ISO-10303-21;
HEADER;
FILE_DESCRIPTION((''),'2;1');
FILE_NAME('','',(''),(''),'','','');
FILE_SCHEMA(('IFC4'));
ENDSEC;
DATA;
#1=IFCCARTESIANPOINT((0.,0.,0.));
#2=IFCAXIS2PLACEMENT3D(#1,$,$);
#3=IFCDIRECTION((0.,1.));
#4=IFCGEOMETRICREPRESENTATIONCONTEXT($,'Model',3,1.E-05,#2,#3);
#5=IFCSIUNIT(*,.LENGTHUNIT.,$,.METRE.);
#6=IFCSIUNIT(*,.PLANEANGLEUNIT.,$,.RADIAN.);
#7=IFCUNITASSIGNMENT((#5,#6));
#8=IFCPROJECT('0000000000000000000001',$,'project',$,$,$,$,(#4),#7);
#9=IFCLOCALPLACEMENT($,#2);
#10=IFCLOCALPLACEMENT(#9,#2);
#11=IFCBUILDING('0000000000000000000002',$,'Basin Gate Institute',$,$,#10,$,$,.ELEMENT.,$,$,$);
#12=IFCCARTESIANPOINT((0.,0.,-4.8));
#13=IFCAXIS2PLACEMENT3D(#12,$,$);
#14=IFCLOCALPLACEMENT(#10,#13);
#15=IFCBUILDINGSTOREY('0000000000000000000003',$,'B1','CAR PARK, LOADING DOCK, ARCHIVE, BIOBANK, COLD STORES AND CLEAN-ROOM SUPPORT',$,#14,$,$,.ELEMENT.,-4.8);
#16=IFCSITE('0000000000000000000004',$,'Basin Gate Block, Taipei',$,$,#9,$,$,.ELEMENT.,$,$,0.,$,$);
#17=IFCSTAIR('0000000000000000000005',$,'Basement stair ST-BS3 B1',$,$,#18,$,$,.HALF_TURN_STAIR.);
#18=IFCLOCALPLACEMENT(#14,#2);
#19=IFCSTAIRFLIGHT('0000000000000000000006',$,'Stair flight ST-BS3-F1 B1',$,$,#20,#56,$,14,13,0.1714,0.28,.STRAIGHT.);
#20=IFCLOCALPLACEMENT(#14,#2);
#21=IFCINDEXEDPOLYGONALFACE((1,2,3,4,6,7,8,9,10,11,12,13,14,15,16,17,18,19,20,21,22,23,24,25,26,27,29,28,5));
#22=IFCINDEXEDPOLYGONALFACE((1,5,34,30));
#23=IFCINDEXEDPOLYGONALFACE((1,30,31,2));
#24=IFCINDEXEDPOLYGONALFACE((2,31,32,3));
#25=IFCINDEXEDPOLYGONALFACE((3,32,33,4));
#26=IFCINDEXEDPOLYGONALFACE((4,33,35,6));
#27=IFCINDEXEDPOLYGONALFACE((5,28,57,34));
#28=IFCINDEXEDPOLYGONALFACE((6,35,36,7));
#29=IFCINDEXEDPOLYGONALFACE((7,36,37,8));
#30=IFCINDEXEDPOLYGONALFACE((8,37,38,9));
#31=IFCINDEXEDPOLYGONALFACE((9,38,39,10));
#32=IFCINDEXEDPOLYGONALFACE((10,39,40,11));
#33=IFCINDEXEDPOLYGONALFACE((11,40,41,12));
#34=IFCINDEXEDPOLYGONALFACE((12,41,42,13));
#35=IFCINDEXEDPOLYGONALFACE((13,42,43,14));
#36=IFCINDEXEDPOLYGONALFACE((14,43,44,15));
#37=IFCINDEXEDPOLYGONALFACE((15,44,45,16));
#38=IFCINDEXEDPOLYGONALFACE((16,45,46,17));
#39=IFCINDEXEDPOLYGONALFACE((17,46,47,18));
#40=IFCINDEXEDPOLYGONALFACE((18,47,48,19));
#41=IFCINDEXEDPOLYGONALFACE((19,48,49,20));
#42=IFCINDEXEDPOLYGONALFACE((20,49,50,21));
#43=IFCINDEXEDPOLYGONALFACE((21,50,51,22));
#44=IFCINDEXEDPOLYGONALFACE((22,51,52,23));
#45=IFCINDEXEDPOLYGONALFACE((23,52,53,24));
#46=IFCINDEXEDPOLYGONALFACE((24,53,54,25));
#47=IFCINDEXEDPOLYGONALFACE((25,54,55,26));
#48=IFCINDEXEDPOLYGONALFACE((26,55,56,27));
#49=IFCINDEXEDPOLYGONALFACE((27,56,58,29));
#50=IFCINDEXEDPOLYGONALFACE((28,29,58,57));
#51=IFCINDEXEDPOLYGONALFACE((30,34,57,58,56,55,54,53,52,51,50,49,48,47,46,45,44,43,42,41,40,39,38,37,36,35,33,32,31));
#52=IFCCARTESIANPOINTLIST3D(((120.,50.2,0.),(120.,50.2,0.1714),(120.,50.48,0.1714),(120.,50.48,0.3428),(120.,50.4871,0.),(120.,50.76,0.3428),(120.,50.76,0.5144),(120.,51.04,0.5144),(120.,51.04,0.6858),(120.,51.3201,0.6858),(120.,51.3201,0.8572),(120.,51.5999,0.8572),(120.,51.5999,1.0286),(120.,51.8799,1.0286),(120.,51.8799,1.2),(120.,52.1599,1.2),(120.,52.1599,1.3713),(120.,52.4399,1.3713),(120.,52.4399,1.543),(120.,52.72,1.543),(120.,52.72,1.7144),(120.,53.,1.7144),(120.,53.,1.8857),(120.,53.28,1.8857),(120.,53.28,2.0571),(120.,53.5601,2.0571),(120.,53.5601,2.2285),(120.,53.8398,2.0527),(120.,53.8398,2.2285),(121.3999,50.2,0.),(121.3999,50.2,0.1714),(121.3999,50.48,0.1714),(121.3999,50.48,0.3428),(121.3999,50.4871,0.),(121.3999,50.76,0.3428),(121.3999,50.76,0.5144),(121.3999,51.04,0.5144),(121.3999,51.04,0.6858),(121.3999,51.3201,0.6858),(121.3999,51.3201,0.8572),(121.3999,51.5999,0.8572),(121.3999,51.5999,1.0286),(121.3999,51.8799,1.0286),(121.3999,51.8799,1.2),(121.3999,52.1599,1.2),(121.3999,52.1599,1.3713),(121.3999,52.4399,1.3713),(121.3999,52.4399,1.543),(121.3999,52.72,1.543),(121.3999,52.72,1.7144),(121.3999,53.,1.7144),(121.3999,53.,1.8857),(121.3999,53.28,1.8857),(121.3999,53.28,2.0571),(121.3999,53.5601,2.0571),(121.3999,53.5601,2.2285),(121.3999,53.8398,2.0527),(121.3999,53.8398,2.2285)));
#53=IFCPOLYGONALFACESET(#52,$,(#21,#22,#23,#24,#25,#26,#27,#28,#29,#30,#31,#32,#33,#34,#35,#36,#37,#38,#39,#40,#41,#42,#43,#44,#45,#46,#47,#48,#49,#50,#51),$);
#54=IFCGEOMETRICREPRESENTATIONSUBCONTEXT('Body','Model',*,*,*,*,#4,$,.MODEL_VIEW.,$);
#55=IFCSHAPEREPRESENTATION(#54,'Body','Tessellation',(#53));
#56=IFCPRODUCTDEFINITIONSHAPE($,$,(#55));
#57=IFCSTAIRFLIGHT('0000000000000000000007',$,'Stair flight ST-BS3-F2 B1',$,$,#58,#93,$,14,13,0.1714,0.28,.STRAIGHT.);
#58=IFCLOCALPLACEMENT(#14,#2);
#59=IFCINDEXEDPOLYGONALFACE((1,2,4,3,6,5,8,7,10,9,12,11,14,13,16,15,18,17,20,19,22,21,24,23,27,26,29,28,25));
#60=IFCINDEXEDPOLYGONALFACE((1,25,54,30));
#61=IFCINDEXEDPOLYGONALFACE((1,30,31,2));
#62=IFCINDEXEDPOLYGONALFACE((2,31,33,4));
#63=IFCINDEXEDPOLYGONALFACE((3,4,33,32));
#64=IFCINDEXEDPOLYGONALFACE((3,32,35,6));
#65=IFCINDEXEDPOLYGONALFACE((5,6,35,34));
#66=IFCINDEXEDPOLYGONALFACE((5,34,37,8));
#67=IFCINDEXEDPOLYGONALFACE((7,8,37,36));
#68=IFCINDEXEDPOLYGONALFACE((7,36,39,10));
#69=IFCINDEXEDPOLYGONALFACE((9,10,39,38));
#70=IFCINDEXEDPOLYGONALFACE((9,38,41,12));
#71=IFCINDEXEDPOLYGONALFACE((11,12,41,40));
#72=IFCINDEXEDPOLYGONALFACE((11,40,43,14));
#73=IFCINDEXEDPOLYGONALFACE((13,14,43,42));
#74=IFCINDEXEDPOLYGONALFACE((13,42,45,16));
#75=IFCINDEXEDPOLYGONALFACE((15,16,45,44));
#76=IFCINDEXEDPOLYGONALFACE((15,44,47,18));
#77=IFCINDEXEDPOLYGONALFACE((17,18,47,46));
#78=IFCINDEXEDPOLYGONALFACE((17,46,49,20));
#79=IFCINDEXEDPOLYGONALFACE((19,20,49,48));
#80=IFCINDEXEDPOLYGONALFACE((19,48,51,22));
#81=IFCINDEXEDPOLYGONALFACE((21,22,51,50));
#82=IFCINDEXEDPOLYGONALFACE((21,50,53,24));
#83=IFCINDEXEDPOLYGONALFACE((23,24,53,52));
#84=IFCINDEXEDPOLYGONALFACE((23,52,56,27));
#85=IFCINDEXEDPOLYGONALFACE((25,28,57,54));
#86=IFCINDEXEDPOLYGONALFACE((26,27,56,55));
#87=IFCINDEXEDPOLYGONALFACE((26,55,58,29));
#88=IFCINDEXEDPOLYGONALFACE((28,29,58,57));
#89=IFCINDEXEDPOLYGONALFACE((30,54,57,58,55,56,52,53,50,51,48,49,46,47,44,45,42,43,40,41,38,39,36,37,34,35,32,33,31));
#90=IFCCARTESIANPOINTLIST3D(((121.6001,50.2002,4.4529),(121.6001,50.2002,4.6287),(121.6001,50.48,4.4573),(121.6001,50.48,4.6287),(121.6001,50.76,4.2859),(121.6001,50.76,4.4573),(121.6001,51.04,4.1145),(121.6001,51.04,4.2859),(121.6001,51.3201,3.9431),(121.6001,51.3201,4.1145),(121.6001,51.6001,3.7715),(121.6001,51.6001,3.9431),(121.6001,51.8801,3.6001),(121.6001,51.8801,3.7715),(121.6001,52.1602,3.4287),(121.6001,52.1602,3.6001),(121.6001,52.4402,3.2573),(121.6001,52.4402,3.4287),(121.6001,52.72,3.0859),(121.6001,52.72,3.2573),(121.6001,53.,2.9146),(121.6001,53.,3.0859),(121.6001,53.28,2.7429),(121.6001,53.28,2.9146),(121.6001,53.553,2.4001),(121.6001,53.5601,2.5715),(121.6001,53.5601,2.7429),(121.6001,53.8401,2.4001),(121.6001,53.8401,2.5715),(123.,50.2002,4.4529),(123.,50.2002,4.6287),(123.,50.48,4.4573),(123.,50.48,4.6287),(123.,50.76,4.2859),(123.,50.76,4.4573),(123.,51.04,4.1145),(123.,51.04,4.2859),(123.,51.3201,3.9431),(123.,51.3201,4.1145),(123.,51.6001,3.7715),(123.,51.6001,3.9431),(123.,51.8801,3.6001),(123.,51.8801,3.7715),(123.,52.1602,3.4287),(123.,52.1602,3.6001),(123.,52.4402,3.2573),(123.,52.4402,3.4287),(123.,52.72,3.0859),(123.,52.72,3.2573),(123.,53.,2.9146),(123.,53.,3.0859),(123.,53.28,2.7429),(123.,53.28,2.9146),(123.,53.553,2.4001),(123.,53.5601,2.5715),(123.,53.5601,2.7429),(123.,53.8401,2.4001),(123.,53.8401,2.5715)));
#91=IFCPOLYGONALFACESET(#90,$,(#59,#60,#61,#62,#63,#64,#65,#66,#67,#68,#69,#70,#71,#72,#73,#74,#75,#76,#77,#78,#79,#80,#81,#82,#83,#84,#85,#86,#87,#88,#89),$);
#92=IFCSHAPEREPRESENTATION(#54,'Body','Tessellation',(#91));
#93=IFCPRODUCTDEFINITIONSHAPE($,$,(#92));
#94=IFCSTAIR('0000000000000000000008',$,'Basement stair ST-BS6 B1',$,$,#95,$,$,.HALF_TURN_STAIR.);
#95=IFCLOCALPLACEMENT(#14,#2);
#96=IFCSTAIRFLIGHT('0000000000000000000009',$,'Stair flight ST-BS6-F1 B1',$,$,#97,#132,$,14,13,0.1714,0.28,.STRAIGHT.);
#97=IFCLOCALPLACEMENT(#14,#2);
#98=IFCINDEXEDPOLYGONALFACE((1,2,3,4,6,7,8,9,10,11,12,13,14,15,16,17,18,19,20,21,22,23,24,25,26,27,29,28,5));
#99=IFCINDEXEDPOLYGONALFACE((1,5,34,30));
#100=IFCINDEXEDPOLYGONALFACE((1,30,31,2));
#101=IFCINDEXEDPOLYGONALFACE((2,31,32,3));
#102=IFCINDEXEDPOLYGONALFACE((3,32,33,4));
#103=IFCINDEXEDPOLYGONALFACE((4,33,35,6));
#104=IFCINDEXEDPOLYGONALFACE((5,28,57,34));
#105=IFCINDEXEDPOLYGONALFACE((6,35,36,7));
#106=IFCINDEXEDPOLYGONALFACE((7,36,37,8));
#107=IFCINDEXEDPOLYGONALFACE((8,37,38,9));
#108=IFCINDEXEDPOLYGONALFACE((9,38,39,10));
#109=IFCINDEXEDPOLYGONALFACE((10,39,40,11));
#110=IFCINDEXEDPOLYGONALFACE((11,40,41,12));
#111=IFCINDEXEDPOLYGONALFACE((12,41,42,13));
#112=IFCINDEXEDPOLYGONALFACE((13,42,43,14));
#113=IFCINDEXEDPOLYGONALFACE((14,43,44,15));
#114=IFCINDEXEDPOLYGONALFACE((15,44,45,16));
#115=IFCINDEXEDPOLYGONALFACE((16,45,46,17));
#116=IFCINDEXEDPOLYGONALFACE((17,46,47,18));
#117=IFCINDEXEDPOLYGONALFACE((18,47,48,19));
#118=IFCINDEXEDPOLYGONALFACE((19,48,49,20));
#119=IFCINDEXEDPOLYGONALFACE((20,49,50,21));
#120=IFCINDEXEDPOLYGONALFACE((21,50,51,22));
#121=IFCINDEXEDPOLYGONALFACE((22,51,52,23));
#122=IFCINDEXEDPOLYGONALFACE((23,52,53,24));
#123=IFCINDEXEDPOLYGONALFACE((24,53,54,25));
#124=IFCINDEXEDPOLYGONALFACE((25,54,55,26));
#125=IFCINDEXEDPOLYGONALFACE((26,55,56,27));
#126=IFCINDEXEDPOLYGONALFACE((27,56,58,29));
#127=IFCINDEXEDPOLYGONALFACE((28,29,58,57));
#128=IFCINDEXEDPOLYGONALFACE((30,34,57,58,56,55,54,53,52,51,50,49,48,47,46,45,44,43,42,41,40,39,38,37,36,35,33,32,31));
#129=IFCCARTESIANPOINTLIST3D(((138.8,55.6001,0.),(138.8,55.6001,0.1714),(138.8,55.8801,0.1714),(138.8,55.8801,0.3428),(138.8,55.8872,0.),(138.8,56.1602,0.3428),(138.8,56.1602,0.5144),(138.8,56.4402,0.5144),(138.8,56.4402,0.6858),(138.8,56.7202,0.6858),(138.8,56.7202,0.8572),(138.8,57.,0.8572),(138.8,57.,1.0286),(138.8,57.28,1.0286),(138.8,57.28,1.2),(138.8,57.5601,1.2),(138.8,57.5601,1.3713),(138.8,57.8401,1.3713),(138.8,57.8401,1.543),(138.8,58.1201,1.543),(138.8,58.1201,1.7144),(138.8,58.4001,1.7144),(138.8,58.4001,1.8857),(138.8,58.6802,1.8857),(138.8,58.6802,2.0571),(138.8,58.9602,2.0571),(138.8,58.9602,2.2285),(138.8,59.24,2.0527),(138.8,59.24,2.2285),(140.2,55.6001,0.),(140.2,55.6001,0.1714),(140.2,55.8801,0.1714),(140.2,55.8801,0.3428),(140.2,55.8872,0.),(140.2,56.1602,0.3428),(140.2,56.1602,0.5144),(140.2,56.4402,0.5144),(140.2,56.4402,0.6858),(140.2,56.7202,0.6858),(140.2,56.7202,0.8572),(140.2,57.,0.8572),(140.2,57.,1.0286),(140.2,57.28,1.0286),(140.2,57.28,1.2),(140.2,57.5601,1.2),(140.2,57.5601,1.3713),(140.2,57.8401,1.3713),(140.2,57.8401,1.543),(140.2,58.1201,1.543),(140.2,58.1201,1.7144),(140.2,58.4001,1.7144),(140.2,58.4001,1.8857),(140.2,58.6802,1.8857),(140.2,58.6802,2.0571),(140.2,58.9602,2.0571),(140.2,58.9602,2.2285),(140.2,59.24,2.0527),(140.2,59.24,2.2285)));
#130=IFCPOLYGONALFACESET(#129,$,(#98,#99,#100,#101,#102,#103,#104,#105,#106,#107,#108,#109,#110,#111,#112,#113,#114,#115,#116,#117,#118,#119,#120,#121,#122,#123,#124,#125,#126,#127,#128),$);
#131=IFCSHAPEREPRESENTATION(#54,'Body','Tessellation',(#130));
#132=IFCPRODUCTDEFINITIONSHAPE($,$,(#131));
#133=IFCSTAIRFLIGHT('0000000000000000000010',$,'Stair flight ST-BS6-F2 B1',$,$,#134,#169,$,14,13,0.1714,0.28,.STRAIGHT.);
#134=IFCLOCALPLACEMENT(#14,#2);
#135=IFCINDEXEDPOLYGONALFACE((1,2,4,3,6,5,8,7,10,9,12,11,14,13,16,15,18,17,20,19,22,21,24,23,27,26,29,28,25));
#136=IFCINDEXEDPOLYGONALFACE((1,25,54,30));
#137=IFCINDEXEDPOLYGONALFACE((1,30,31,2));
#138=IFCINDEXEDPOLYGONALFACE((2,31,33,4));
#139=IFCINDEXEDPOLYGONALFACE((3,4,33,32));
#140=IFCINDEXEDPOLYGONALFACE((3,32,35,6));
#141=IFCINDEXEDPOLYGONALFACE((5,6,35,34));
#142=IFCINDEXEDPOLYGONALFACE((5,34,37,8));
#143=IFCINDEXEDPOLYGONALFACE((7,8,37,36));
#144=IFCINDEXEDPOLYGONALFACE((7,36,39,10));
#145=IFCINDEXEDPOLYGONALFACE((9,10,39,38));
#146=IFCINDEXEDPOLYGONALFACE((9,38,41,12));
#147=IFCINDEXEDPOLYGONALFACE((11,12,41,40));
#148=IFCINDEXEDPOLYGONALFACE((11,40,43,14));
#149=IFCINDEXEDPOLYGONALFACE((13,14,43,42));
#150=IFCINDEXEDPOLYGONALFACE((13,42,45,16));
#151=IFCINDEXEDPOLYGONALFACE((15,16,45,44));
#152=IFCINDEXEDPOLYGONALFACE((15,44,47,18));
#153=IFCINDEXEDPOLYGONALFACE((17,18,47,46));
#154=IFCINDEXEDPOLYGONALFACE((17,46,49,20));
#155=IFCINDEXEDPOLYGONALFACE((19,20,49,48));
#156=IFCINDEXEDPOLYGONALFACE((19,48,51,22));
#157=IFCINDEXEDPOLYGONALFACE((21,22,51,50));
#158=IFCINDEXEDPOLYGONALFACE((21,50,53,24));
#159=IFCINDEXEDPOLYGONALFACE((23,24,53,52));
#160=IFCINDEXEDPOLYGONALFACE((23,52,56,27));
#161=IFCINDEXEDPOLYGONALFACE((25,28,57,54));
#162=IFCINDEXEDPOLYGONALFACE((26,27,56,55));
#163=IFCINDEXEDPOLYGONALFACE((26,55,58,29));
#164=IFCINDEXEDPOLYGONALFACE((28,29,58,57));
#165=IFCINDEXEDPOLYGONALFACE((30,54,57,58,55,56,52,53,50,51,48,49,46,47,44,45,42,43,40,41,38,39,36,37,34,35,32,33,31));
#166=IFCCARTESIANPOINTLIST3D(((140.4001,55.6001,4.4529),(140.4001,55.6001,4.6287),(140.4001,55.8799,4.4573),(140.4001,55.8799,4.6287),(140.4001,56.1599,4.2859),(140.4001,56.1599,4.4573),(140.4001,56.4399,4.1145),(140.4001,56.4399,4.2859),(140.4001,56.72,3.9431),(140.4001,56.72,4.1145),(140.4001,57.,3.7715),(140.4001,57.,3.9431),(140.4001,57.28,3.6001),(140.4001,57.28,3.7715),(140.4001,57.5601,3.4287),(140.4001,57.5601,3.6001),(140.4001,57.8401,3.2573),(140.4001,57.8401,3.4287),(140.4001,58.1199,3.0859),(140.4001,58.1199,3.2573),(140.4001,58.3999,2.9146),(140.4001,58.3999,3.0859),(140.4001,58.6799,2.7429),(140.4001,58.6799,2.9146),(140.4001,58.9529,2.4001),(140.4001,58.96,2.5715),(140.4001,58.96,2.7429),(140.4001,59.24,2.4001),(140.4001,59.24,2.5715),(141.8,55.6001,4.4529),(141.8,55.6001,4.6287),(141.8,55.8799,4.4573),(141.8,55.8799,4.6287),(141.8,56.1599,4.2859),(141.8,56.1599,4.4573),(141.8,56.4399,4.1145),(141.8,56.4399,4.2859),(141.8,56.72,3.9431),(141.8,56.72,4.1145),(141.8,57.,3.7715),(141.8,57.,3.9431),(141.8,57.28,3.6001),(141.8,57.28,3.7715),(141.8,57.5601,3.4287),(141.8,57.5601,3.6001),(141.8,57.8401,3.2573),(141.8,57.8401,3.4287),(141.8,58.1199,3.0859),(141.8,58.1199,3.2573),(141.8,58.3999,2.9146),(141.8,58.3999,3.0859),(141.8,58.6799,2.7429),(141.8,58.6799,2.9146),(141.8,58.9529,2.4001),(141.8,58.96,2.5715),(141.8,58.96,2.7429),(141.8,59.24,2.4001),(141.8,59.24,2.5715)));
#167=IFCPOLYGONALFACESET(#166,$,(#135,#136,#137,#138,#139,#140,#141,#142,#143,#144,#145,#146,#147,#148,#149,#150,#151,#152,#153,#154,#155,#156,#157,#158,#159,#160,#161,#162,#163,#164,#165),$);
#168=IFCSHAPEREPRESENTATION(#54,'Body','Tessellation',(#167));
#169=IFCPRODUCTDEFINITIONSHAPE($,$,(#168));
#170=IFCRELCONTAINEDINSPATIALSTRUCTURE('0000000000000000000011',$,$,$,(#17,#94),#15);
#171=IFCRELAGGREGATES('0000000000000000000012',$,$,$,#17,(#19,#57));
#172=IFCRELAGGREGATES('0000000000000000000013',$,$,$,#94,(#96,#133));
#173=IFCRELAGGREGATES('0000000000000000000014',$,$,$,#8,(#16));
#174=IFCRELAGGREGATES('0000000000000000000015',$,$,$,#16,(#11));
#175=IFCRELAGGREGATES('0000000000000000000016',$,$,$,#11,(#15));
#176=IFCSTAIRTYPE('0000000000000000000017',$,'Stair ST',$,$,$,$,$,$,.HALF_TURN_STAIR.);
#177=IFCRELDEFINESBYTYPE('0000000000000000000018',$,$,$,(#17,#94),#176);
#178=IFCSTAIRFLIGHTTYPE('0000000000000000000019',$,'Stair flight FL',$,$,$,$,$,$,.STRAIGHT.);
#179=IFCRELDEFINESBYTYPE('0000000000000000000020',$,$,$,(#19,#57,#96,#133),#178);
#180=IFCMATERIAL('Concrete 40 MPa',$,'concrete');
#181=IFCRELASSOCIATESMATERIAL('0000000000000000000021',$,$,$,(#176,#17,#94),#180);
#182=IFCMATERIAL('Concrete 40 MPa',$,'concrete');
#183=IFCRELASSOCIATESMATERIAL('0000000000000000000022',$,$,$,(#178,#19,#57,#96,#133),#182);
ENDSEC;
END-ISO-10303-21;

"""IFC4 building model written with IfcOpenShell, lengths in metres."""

from ifc_helpers import new_model, si_unit, direction, frame, origin, place, context, subcontext, project, spatial, polyline, outline, extrude, material, type_object, element, aggregate, save


model = new_model("IFC4")

# Units and contexts
model_context = context("Model", 3, precision=1e-05, world=origin(), true_north=direction((0.0, 1.0)))
body_context = subcontext(model_context, "Body", "Model", "MODEL_VIEW")
ifc_project = project(units=[si_unit("LENGTHUNIT", "METRE"), si_unit("PLANEANGLEUNIT", "RADIAN")], contexts=[model_context])

# Site, building, storey
site_placement = place(None, origin())
site = spatial("IfcSite", under=ifc_project, at=site_placement, Name="Basin Gate Block, Taipei", CompositionType="ELEMENT", RefElevation=0.0)
building_placement = place(site_placement, origin())
building = spatial("IfcBuilding", under=site, at=building_placement, Name="Basin Gate Institute", CompositionType="ELEMENT")
storey_placement = place(building_placement, frame((0.0, 0.0, -4.8)))
storey = spatial("IfcBuildingStorey", under=building, at=storey_placement, Name="B1", Description="CAR PARK, LOADING DOCK, ARCHIVE, BIOBANK, COLD STORES AND CLEAN-ROOM SUPPORT", CompositionType="ELEMENT", Elevation=-4.8)

# Stairs, stair flights
ifc_material_1 = material(Name="Concrete 40 MPa", Category="concrete")
stair_type = type_object("IfcStairType", Name="Stair ST", PredefinedType="HALF_TURN_STAIR", material=ifc_material_1)
stair_1_placement = place(storey_placement, origin())
stair_1 = element("IfcStair", 1, at=stair_1_placement, inside=storey, type_object=stair_type, material=ifc_material_1, Name="Basement stair ST-BS3 B1", PredefinedType="HALF_TURN_STAIR")
ifc_material_2 = material(Name="Concrete 40 MPa", Category="concrete")
stair_flight_type = type_object("IfcStairFlightType", Name="Stair flight FL", PredefinedType="STRAIGHT", material=ifc_material_2)
stair_flight_1_placement = place(storey_placement, frame((120.7, 50.2, 0.0), z_axis=(0.0, 0.0, 1.0), x_axis=(0.0, 1.0, 0.0)))
stair_flight_1 = element("IfcStairFlight", 2, at=stair_flight_1_placement, type_object=stair_flight_type, material=ifc_material_2, Name="Stair flight ST-BS3-F1 B1", NumberOfRisers=14, NumberOfTreads=13, PredefinedType="STRAIGHT", RiserHeight=0.1714, TreadLength=0.28, context=body_context, shape_type="SweptSolid", body=[
    extrude(outline(polyline([(0.0, 0.0), (0.0, 0.1714), (0.28, 0.1714), (0.28, 0.3428), (0.5601, 0.3428), (0.5601, 0.5144), (0.8401, 0.5144), (0.8401, 0.6858), (1.1201, 0.6858), (1.1201, 0.8572), (1.3999, 0.8572), (1.3999, 1.0286), (1.6799, 1.0286), (1.6799, 1.2), (1.96, 1.2), (1.96, 1.3713), (2.24, 1.3713), (2.24, 1.543), (2.52, 1.543), (2.52, 1.7144), (2.8, 1.7144), (2.8, 1.8857), (3.0801, 1.8857), (3.0801, 2.0571), (3.3601, 2.0571), (3.3601, 2.2285), (3.6399, 2.2285), (3.6399, 2.3999), (3.6399, 2.0527), (0.2871, 0.0), (0.0, 0.0)])), frame((0.0, 0.7, 0.0), z_axis=(0.0, -1.0, 0.0), x_axis=(1.0, 0.0, 0.0)), (0.0, 0.0, 1.0), 1.3999),
])
stair_flight_2_placement = place(storey_placement, frame((122.3, 53.8401, 2.4001), z_axis=(0.0, 0.0, 1.0), x_axis=(0.0, -1.0, 0.0)))
stair_flight_2 = element("IfcStairFlight", 3, at=stair_flight_2_placement, type_object=stair_flight_type, material=ifc_material_2, Name="Stair flight ST-BS3-F2 B1", NumberOfRisers=14, NumberOfTreads=13, PredefinedType="STRAIGHT", RiserHeight=0.1714, TreadLength=0.28, context=body_context, shape_type="SweptSolid", body=[
    extrude(outline(polyline([(0.0, 0.0), (0.0, 0.1714), (0.28, 0.1714), (0.28, 0.3428), (0.5601, 0.3428), (0.5601, 0.5144), (0.8401, 0.5144), (0.8401, 0.6858), (1.1201, 0.6858), (1.1201, 0.8572), (1.3999, 0.8572), (1.3999, 1.0286), (1.6799, 1.0286), (1.6799, 1.2), (1.96, 1.2), (1.96, 1.3713), (2.24, 1.3713), (2.24, 1.543), (2.52, 1.543), (2.52, 1.7144), (2.8, 1.7144), (2.8, 1.8857), (3.0801, 1.8857), (3.0801, 2.0571), (3.3601, 2.0571), (3.3601, 2.2285), (3.6399, 2.2285), (3.6399, 2.3999), (3.6399, 2.0527), (0.2871, 0.0), (0.0, 0.0)])), frame((0.0, 0.7, 0.0), z_axis=(0.0, -1.0, 0.0), x_axis=(1.0, 0.0, 0.0)), (0.0, 0.0, 1.0), 1.3999),
])
aggregate(stair_1, [stair_flight_1, stair_flight_2])
stair_2_placement = place(storey_placement, origin())
stair_2 = element("IfcStair", 4, at=stair_2_placement, inside=storey, type_object=stair_type, material=ifc_material_1, Name="Basement stair ST-BS6 B1", PredefinedType="HALF_TURN_STAIR")
stair_flight_3_placement = place(storey_placement, frame((139.5, 55.6001, 0.0), z_axis=(0.0, 0.0, 1.0), x_axis=(0.0, 1.0, 0.0)))
stair_flight_3 = element("IfcStairFlight", 5, at=stair_flight_3_placement, type_object=stair_flight_type, material=ifc_material_2, Name="Stair flight ST-BS6-F1 B1", NumberOfRisers=14, NumberOfTreads=13, PredefinedType="STRAIGHT", RiserHeight=0.1714, TreadLength=0.28, context=body_context, shape_type="SweptSolid", body=[
    extrude(outline(polyline([(0.0, 0.0), (0.0, 0.1714), (0.28, 0.1714), (0.28, 0.3428), (0.5601, 0.3428), (0.5601, 0.5144), (0.8401, 0.5144), (0.8401, 0.6858), (1.1201, 0.6858), (1.1201, 0.8572), (1.3999, 0.8572), (1.3999, 1.0286), (1.6799, 1.0286), (1.6799, 1.2), (1.96, 1.2), (1.96, 1.3713), (2.24, 1.3713), (2.24, 1.543), (2.52, 1.543), (2.52, 1.7144), (2.8, 1.7144), (2.8, 1.8857), (3.0801, 1.8857), (3.0801, 2.0571), (3.3601, 2.0571), (3.3601, 2.2285), (3.6399, 2.2285), (3.6399, 2.3999), (3.6399, 2.0527), (0.2871, 0.0), (0.0, 0.0)])), frame((0.0, 0.7, 0.0), z_axis=(0.0, -1.0, 0.0), x_axis=(1.0, 0.0, 0.0)), (0.0, 0.0, 1.0), 1.3999),
])
stair_flight_4_placement = place(storey_placement, frame((141.1001, 59.24, 2.4001), z_axis=(0.0, 0.0, 1.0), x_axis=(0.0, -1.0, 0.0)))
stair_flight_4 = element("IfcStairFlight", 6, at=stair_flight_4_placement, type_object=stair_flight_type, material=ifc_material_2, Name="Stair flight ST-BS6-F2 B1", NumberOfRisers=14, NumberOfTreads=13, PredefinedType="STRAIGHT", RiserHeight=0.1714, TreadLength=0.28, context=body_context, shape_type="SweptSolid", body=[
    extrude(outline(polyline([(0.0, 0.0), (0.0, 0.1714), (0.28, 0.1714), (0.28, 0.3428), (0.5601, 0.3428), (0.5601, 0.5144), (0.8401, 0.5144), (0.8401, 0.6858), (1.1201, 0.6858), (1.1201, 0.8572), (1.3999, 0.8572), (1.3999, 1.0286), (1.6799, 1.0286), (1.6799, 1.2), (1.96, 1.2), (1.96, 1.3713), (2.24, 1.3713), (2.24, 1.543), (2.52, 1.543), (2.52, 1.7144), (2.8, 1.7144), (2.8, 1.8857), (3.0801, 1.8857), (3.0801, 2.0571), (3.3601, 2.0571), (3.3601, 2.2285), (3.6399, 2.2285), (3.6399, 2.3999), (3.6399, 2.0527), (0.2871, 0.0), (0.0, 0.0)])), frame((0.0, 0.7, 0.0), z_axis=(0.0, -1.0, 0.0), x_axis=(1.0, 0.0, 0.0)), (0.0, 0.0, 1.0), 1.3999),
])
aggregate(stair_2, [stair_flight_3, stair_flight_4])

save(model, "model.ifc")
